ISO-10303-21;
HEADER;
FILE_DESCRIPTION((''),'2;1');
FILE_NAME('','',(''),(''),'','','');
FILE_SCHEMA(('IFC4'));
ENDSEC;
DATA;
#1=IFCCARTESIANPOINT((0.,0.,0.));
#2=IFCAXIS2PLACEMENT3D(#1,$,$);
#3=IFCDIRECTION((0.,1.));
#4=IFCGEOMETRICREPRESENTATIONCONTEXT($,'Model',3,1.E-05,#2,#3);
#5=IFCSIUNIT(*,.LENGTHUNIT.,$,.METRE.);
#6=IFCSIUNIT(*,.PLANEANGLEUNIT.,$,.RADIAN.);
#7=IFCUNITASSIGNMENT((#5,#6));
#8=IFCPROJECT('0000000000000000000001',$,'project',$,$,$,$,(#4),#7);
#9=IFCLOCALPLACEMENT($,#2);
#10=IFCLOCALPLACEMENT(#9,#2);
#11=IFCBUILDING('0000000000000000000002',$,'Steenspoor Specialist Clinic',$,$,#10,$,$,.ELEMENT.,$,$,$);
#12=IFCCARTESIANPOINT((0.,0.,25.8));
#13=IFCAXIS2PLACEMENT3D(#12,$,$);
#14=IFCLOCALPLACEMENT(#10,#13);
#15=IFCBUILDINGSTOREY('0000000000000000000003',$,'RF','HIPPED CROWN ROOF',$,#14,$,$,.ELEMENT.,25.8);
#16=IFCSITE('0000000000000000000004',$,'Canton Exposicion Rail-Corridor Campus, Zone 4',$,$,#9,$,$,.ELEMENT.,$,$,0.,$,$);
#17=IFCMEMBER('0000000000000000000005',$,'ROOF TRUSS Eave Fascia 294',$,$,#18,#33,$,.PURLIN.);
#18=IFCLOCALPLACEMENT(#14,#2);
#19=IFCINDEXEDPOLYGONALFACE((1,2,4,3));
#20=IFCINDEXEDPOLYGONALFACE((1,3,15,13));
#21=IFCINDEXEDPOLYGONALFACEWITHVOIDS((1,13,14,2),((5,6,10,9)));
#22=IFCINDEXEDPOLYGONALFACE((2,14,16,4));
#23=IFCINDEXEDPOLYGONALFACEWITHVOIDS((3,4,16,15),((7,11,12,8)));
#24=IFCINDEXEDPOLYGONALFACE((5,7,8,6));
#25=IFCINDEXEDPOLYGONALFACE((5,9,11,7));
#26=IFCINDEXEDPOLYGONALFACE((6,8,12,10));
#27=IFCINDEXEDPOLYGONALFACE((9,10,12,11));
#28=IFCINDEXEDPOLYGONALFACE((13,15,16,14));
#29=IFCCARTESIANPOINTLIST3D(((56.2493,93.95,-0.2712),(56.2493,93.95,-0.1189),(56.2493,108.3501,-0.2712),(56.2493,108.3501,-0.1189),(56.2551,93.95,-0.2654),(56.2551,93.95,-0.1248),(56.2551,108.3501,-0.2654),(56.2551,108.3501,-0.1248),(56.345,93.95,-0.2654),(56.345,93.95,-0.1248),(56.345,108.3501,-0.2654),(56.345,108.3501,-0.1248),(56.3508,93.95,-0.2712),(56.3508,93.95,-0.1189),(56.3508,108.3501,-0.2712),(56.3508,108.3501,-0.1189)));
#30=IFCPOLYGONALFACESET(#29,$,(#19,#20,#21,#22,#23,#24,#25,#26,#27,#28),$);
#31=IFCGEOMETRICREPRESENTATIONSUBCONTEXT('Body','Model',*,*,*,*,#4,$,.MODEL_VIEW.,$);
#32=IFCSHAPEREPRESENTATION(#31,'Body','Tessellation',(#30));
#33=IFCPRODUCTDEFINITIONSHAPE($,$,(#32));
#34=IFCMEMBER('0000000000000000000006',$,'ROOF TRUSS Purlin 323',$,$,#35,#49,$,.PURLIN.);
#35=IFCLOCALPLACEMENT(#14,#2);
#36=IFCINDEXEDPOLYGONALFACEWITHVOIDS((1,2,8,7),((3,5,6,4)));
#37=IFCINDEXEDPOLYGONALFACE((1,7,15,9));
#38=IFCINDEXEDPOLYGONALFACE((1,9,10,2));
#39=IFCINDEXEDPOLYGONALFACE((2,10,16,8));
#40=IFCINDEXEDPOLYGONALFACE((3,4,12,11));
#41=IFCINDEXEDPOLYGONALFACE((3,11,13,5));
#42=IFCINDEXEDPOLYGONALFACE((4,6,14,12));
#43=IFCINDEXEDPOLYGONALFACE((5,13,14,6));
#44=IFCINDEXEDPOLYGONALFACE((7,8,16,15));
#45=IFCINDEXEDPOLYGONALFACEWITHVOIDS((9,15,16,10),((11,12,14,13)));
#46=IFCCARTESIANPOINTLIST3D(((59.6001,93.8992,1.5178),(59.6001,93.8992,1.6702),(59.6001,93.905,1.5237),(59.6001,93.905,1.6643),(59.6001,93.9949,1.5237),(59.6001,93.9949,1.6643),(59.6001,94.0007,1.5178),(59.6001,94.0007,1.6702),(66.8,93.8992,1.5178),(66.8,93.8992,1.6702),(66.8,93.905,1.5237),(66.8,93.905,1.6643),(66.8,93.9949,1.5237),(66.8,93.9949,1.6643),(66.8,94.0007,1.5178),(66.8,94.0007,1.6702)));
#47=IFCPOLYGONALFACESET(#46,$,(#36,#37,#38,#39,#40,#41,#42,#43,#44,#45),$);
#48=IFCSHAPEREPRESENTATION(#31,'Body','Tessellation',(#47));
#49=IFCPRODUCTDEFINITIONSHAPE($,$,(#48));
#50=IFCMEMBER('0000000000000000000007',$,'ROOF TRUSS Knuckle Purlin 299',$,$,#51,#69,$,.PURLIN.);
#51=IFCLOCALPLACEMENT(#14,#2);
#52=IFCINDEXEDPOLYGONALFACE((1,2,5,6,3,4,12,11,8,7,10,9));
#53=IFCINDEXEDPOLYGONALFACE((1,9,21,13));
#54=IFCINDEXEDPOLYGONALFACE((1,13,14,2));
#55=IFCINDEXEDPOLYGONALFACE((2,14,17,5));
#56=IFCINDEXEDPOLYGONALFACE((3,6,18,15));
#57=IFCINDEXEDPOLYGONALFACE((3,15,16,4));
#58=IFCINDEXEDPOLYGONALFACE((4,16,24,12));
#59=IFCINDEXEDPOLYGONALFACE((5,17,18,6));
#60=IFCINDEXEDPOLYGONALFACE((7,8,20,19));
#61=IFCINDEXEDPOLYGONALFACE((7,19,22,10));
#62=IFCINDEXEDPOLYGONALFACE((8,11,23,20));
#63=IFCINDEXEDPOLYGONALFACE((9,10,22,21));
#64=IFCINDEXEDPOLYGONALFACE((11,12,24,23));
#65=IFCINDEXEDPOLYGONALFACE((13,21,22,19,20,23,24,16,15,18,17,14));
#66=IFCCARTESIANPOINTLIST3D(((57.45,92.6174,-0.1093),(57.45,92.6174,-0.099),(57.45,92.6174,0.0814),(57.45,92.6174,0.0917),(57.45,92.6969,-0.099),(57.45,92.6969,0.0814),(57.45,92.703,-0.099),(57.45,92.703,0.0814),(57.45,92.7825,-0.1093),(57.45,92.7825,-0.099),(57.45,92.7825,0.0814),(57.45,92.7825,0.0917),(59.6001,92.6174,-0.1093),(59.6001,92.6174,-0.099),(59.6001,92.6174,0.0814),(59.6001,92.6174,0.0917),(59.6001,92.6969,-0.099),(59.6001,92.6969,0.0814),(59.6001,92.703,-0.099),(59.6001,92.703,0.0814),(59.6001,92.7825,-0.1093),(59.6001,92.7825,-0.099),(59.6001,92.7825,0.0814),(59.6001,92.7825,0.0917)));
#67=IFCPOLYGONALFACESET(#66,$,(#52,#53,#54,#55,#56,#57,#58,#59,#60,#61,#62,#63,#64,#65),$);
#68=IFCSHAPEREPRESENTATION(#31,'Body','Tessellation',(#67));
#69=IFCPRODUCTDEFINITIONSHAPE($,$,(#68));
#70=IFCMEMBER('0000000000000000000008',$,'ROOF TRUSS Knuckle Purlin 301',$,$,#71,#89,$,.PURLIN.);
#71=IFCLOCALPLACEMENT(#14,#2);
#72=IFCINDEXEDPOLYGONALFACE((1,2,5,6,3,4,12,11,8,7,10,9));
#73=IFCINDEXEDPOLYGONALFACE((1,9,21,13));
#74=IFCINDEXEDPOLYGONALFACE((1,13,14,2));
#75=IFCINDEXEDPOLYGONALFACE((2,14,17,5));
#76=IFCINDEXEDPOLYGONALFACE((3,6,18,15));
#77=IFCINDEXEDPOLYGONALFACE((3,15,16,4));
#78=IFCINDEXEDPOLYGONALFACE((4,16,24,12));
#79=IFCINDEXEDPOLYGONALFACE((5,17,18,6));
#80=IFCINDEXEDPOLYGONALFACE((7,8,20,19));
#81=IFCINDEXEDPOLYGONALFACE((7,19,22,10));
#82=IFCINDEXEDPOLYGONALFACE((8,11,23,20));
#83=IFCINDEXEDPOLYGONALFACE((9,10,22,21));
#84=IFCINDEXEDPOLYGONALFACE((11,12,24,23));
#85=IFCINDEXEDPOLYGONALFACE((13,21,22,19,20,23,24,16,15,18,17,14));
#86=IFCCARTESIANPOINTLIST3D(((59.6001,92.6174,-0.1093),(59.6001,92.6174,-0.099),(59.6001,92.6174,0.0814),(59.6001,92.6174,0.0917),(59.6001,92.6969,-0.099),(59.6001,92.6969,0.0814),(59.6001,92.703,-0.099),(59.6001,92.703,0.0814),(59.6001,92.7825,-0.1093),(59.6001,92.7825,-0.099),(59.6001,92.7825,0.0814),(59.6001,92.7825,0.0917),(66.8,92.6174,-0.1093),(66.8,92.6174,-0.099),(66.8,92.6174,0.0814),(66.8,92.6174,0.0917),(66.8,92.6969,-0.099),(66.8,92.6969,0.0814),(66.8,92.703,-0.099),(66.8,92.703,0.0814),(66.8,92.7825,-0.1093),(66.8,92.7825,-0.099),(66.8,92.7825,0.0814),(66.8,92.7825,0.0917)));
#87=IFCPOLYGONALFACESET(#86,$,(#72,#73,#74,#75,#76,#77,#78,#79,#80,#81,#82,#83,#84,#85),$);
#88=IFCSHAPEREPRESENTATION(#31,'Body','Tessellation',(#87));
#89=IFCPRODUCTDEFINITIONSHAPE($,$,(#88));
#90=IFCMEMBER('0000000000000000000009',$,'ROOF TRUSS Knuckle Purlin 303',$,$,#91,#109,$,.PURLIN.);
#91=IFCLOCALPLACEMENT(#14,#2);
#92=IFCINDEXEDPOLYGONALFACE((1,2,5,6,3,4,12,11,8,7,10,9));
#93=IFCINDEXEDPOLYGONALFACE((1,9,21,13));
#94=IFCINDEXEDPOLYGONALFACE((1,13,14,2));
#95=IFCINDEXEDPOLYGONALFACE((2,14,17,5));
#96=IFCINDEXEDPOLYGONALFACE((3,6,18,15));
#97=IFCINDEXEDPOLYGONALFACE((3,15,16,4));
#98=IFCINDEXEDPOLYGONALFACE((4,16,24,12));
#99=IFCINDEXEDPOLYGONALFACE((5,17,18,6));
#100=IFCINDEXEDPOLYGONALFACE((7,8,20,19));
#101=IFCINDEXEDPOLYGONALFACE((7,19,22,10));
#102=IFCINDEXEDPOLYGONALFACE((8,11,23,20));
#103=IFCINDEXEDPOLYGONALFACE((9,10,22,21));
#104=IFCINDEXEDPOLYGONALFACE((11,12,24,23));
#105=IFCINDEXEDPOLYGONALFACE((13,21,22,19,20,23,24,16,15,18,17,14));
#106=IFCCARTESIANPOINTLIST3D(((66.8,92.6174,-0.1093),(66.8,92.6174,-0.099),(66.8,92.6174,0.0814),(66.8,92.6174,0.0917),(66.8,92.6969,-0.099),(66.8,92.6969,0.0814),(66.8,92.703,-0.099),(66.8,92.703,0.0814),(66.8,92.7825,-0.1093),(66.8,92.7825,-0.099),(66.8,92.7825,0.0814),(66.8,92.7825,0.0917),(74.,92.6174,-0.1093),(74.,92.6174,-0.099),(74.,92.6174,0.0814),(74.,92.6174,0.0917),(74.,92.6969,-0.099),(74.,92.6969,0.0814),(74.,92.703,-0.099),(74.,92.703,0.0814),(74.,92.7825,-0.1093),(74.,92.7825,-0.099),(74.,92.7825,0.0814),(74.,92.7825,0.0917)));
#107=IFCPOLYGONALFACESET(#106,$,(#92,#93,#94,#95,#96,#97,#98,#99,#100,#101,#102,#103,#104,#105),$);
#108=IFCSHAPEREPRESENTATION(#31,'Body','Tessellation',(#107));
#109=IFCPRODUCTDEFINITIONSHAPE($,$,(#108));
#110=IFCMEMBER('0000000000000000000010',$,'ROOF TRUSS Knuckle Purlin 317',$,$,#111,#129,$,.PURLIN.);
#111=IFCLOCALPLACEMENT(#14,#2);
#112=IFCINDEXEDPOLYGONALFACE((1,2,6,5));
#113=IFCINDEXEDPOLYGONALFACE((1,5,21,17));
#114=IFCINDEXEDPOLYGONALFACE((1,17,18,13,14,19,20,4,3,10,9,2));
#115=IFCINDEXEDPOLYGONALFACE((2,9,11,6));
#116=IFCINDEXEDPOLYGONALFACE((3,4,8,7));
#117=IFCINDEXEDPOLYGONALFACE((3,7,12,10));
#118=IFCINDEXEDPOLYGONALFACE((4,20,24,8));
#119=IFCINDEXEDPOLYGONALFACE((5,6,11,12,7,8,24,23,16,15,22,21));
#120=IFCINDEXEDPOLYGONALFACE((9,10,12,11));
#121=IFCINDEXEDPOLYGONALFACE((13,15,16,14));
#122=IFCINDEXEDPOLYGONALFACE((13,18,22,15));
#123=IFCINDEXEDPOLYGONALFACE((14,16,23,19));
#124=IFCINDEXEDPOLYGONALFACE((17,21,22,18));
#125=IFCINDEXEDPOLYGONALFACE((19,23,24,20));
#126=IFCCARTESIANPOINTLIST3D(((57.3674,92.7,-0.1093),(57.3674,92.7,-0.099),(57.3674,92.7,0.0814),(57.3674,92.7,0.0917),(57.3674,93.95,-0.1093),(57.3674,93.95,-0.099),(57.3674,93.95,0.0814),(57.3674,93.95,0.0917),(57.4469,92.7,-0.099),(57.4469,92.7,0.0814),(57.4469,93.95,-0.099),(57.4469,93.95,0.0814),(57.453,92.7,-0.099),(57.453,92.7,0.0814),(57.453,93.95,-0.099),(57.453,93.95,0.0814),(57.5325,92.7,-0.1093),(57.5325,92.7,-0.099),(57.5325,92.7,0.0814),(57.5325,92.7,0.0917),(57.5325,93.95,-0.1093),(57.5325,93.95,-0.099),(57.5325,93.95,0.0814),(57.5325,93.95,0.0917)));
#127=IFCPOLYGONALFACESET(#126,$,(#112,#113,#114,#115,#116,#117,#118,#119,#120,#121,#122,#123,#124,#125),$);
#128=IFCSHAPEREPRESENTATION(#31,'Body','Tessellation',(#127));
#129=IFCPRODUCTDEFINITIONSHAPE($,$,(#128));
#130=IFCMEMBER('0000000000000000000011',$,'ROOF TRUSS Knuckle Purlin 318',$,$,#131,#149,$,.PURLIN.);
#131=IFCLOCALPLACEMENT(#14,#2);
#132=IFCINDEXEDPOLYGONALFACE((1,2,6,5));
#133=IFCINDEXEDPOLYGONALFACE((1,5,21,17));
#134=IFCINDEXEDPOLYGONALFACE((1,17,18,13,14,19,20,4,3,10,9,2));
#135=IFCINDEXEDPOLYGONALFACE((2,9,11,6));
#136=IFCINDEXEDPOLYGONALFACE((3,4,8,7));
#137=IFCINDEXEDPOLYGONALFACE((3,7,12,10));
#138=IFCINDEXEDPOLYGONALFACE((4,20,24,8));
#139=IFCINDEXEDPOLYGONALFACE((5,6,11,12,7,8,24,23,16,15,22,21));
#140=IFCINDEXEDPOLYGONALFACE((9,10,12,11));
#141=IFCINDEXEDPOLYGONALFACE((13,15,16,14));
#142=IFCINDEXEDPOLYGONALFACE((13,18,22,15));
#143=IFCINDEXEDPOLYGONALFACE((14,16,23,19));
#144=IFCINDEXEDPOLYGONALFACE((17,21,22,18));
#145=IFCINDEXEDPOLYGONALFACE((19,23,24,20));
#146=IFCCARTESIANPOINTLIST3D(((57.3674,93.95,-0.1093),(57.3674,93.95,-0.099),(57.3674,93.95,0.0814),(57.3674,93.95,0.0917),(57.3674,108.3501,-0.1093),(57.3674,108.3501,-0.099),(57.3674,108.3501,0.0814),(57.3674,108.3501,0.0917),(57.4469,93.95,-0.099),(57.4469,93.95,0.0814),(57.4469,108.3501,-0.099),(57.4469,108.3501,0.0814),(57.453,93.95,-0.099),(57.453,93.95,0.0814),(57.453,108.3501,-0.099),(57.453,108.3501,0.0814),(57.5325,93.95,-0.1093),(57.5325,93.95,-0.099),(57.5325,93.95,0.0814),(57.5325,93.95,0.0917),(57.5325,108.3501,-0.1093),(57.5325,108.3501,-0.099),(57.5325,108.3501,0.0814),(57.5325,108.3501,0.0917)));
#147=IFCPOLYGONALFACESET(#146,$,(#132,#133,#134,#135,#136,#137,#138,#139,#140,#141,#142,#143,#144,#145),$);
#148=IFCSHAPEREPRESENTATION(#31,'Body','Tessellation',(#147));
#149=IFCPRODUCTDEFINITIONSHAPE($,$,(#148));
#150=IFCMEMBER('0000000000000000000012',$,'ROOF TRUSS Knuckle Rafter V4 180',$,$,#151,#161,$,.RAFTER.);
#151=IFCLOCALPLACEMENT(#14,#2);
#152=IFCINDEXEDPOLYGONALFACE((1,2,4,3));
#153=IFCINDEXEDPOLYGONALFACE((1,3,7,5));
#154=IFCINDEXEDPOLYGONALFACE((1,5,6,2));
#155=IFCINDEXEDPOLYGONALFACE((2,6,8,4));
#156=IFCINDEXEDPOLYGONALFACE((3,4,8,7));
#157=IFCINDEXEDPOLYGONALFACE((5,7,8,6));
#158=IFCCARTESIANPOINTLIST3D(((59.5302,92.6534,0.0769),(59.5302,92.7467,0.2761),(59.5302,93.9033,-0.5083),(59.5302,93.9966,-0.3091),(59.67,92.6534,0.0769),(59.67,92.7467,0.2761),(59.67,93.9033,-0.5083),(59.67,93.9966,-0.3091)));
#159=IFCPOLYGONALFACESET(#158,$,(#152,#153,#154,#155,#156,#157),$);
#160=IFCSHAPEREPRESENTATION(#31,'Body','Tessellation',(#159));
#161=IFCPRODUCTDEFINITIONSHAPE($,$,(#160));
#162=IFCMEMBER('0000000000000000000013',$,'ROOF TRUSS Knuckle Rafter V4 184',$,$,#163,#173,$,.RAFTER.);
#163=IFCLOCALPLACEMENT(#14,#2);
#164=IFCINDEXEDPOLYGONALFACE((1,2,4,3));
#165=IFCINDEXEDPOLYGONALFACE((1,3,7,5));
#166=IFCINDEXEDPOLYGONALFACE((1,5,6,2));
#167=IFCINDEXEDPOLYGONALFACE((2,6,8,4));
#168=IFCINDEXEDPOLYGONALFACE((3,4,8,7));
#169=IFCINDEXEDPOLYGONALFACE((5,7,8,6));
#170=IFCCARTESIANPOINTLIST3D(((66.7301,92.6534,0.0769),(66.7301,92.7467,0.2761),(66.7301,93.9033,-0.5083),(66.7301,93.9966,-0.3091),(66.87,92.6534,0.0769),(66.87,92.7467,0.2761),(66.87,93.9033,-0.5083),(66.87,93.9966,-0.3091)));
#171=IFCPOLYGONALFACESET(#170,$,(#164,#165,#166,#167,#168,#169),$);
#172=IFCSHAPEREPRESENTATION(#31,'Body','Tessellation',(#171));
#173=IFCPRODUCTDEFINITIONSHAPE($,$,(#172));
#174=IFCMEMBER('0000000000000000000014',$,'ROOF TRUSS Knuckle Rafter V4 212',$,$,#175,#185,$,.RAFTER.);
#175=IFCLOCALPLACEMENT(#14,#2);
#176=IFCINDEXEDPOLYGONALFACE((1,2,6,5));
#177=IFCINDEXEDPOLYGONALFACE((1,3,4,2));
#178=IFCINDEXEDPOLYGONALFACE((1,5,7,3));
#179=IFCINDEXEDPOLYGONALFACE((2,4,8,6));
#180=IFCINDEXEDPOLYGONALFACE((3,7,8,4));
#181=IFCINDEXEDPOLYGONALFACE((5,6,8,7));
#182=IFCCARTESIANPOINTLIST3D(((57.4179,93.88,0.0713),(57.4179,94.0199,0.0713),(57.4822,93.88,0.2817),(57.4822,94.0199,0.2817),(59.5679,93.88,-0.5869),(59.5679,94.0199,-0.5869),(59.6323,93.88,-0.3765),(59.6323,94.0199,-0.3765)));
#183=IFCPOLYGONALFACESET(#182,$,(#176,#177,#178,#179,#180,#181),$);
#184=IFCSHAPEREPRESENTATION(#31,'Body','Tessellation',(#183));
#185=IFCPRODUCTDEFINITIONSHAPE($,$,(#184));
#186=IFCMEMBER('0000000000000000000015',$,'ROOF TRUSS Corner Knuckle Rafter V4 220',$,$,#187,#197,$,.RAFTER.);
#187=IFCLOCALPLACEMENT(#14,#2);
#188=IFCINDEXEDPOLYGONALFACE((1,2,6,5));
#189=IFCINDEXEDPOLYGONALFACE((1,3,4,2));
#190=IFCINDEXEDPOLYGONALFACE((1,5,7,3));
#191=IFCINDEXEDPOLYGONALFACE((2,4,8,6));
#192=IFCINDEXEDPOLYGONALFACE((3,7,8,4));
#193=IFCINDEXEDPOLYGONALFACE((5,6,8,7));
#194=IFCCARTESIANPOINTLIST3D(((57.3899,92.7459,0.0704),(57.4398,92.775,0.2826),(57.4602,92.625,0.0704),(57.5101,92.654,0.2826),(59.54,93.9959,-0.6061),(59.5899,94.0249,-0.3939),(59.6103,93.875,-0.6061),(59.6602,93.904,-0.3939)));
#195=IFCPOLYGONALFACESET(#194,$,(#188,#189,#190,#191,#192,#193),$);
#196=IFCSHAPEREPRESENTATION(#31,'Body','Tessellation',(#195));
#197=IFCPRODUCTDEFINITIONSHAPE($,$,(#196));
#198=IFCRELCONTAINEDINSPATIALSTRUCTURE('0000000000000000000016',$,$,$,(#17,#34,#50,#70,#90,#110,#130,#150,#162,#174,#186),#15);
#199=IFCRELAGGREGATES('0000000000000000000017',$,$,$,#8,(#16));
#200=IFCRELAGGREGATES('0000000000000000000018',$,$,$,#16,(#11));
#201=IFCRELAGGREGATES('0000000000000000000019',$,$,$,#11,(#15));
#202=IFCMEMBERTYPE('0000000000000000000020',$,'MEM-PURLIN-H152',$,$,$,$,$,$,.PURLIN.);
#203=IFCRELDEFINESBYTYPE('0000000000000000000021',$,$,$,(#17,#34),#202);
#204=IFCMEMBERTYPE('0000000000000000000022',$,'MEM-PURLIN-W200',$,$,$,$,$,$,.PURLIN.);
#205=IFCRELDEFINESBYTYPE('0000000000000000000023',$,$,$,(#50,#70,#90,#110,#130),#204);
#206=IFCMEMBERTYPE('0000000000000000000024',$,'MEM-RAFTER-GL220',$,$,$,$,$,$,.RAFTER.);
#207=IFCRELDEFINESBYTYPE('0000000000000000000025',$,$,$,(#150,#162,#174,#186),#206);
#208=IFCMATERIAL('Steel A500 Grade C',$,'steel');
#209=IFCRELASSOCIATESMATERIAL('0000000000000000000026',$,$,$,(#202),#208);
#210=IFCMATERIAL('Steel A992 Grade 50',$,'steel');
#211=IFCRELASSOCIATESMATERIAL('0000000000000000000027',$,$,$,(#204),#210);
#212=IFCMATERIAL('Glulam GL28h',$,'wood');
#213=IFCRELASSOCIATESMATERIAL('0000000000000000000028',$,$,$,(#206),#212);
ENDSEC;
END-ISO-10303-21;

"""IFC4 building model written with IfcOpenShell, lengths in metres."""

from ifc_helpers import new_model, si_unit, direction, frame, origin, origin_2d, place, context, subcontext, project, spatial, rectangle, hollow_rectangle, i_section, extrude, material, material_profile, profile_set, type_object, element, save


model = new_model("IFC4")

# Units and contexts
model_context = context("Model", 3, precision=1e-05, world=origin(), true_north=direction((0.0, 1.0)))
body_context = subcontext(model_context, "Body", "Model", "MODEL_VIEW")
ifc_project = project(units=[si_unit("LENGTHUNIT", "METRE"), si_unit("PLANEANGLEUNIT", "RADIAN")], contexts=[model_context])

# Site, building, storey
site_placement = place(None, origin())
site = spatial("IfcSite", under=ifc_project, at=site_placement, Name="Canton Exposicion Rail-Corridor Campus, Zone 4", CompositionType="ELEMENT", RefElevation=0.0)
building_placement = place(site_placement, origin())
building = spatial("IfcBuilding", under=site, at=building_placement, Name="Steenspoor Specialist Clinic", CompositionType="ELEMENT")
storey_placement = place(building_placement, frame((0.0, 0.0, 25.8)))
storey = spatial("IfcBuildingStorey", under=building, at=storey_placement, Name="RF", Description="HIPPED CROWN ROOF", CompositionType="ELEMENT", Elevation=25.8)

# Shared definitions
ifc_material_1 = material(Name="Glulam GL28h", Category="wood")
ifc_material_2 = material(Name="Steel A992 Grade 50", Category="steel")

# Members
ifc_material_3 = material(Name="Steel A500 Grade C", Category="steel")
ifc_material_profile_1 = material_profile(ifc_material_3, hollow_rectangle(XDim=0.1016, YDim=0.1523, WallThickness=0.0059, at=origin_2d()), Name="HSS152X102X6.4")
ifc_profile_set_1 = profile_set([ifc_material_profile_1], Name="Steel A500 Grade C")
member_type_1 = type_object("IfcMemberType", Name="MEM-PURLIN-H152", PredefinedType="PURLIN", material=ifc_profile_set_1)
member_1_placement = place(storey_placement, frame((56.3, 93.95, -0.1951), z_axis=(0.0, 1.0, 0.0), x_axis=(-1.0, 0.0, 0.0)))
element("IfcMember", 1, at=member_1_placement, inside=storey, type_object=member_type_1, Name="ROOF TRUSS Eave Fascia 294", PredefinedType="PURLIN", context=body_context, shape_type="SweptSolid", body=[
    extrude(hollow_rectangle(XDim=0.1016, YDim=0.1523, WallThickness=0.0059, at=origin_2d()), origin(), (0.0, 0.0, 1.0), 14.4001),
])
member_2_placement = place(storey_placement, frame((59.6001, 93.95, 1.594), z_axis=(1.0, 0.0, 0.0), x_axis=(0.0, 1.0, 0.0)))
element("IfcMember", 2, at=member_2_placement, inside=storey, type_object=member_type_1, Name="ROOF TRUSS Purlin 323", PredefinedType="PURLIN", context=body_context, shape_type="SweptSolid", body=[
    extrude(hollow_rectangle(XDim=0.1016, YDim=0.1523, WallThickness=0.0059, at=origin_2d()), origin(), (0.0, 0.0, 1.0), 7.2),
])
ifc_material_profile_2 = material_profile(ifc_material_2, i_section(OverallWidth=0.165, OverallDepth=0.2009, WebThickness=0.0061, FlangeThickness=0.0103, at=origin_2d()), Name="W200X36")
ifc_profile_set_2 = profile_set([ifc_material_profile_2], Name="Steel A992 Grade 50")
member_type_2 = type_object("IfcMemberType", Name="MEM-PURLIN-W200", PredefinedType="PURLIN", material=ifc_profile_set_2)
member_3_placement = place(storey_placement, frame((57.45, 92.7, -0.0088), z_axis=(1.0, 0.0, 0.0), x_axis=(0.0, 1.0, 0.0)))
element("IfcMember", 3, at=member_3_placement, inside=storey, type_object=member_type_2, Name="ROOF TRUSS Knuckle Purlin 299", PredefinedType="PURLIN", context=body_context, shape_type="SweptSolid", body=[
    extrude(i_section(OverallWidth=0.165, OverallDepth=0.2009, WebThickness=0.0061, FlangeThickness=0.0103, at=origin_2d()), origin(), (0.0, 0.0, 1.0), 2.1501),
])
for number, where, z_axis, x_axis, name in (
    (4, (59.6001, 92.7, -0.0088), (1.0, 0.0, 0.0), (0.0, 1.0, 0.0), "ROOF TRUSS Knuckle Purlin 301"),
    (5, (66.8, 92.7, -0.0088), (1.0, 0.0, 0.0), (0.0, 1.0, 0.0), "ROOF TRUSS Knuckle Purlin 303"),
):
    element("IfcMember", number, at=place(storey_placement, frame(where, z_axis=z_axis, x_axis=x_axis)), inside=storey, type_object=member_type_2, Name=name, PredefinedType="PURLIN", context=body_context, shape_type="SweptSolid", body=[
        extrude(i_section(OverallWidth=0.165, OverallDepth=0.2009, WebThickness=0.0061, FlangeThickness=0.0103, at=origin_2d()), origin(), (0.0, 0.0, 1.0), 7.2),
    ])
member_4_placement = place(storey_placement, frame((57.45, 92.7, -0.0088), z_axis=(0.0, 1.0, 0.0), x_axis=(-1.0, 0.0, 0.0)))
element("IfcMember", 6, at=member_4_placement, inside=storey, type_object=member_type_2, Name="ROOF TRUSS Knuckle Purlin 317", PredefinedType="PURLIN", context=body_context, shape_type="SweptSolid", body=[
    extrude(i_section(OverallWidth=0.165, OverallDepth=0.2009, WebThickness=0.0061, FlangeThickness=0.0103, at=origin_2d()), origin(), (0.0, 0.0, 1.0), 1.25),
])
member_5_placement = place(storey_placement, frame((57.45, 93.95, -0.0088), z_axis=(0.0, 1.0, 0.0), x_axis=(-1.0, 0.0, 0.0)))
element("IfcMember", 7, at=member_5_placement, inside=storey, type_object=member_type_2, Name="ROOF TRUSS Knuckle Purlin 318", PredefinedType="PURLIN", context=body_context, shape_type="SweptSolid", body=[
    extrude(i_section(OverallWidth=0.165, OverallDepth=0.2009, WebThickness=0.0061, FlangeThickness=0.0103, at=origin_2d()), origin(), (0.0, 0.0, 1.0), 14.4001),
])
ifc_material_profile_3 = material_profile(ifc_material_1, rectangle(XDim=0.1399, YDim=0.22, at=origin_2d()), Name="GL28H-140X220")
ifc_profile_set_3 = profile_set([ifc_material_profile_3], Name="Glulam GL28h")
member_type_3 = type_object("IfcMemberType", Name="MEM-RAFTER-GL220", PredefinedType="RAFTER", material=ifc_profile_set_3)
for number, where, z_axis, x_axis, name in (
    (8, (59.6001, 93.95, -0.4087), (0.0, -0.905663, 0.423999), (1.0, 0.0, 0.0), "ROOF TRUSS Knuckle Rafter V4 180"),
    (9, (66.8, 93.95, -0.4087), (0.0, -0.905663, 0.423999), (1.0, 0.0, 0.0), "ROOF TRUSS Knuckle Rafter V4 184"),
):
    element("IfcMember", number, at=place(storey_placement, frame(where, z_axis=z_axis, x_axis=x_axis)), inside=storey, type_object=member_type_3, Name=name, PredefinedType="RAFTER", context=body_context, shape_type="SweptSolid", body=[
        extrude(rectangle(XDim=0.1399, YDim=0.22, at=origin_2d()), origin(), (0.0, 0.0, 1.0), 1.3801),
    ])
member_6_placement = place(storey_placement, frame((59.6001, 93.95, -0.4817), z_axis=(-0.956201, 0.0, 0.292712), x_axis=(0.0, -1.0, 0.0)))
element("IfcMember", 10, at=member_6_placement, inside=storey, type_object=member_type_3, Name="ROOF TRUSS Knuckle Rafter V4 212", PredefinedType="RAFTER", context=body_context, shape_type="SweptSolid", body=[
    extrude(rectangle(XDim=0.1399, YDim=0.22, at=origin_2d()), origin(), (0.0, 0.0, 1.0), 2.2485),
])
member_7_placement = place(storey_placement, frame((59.6001, 93.95, -0.5), z_axis=(-0.834211, -0.484974, 0.262473), x_axis=(0.502595, -0.864522, 0.0)))
element("IfcMember", 11, at=member_7_placement, inside=storey, type_object=member_type_3, Name="ROOF TRUSS Corner Knuckle Rafter V4 220", PredefinedType="RAFTER", context=body_context, shape_type="SweptSolid", body=[
    extrude(rectangle(XDim=0.1399, YDim=0.22, at=origin_2d()), origin(), (0.0, 0.0, 1.0), 2.5774),
])

save(model, "model.ifc")
